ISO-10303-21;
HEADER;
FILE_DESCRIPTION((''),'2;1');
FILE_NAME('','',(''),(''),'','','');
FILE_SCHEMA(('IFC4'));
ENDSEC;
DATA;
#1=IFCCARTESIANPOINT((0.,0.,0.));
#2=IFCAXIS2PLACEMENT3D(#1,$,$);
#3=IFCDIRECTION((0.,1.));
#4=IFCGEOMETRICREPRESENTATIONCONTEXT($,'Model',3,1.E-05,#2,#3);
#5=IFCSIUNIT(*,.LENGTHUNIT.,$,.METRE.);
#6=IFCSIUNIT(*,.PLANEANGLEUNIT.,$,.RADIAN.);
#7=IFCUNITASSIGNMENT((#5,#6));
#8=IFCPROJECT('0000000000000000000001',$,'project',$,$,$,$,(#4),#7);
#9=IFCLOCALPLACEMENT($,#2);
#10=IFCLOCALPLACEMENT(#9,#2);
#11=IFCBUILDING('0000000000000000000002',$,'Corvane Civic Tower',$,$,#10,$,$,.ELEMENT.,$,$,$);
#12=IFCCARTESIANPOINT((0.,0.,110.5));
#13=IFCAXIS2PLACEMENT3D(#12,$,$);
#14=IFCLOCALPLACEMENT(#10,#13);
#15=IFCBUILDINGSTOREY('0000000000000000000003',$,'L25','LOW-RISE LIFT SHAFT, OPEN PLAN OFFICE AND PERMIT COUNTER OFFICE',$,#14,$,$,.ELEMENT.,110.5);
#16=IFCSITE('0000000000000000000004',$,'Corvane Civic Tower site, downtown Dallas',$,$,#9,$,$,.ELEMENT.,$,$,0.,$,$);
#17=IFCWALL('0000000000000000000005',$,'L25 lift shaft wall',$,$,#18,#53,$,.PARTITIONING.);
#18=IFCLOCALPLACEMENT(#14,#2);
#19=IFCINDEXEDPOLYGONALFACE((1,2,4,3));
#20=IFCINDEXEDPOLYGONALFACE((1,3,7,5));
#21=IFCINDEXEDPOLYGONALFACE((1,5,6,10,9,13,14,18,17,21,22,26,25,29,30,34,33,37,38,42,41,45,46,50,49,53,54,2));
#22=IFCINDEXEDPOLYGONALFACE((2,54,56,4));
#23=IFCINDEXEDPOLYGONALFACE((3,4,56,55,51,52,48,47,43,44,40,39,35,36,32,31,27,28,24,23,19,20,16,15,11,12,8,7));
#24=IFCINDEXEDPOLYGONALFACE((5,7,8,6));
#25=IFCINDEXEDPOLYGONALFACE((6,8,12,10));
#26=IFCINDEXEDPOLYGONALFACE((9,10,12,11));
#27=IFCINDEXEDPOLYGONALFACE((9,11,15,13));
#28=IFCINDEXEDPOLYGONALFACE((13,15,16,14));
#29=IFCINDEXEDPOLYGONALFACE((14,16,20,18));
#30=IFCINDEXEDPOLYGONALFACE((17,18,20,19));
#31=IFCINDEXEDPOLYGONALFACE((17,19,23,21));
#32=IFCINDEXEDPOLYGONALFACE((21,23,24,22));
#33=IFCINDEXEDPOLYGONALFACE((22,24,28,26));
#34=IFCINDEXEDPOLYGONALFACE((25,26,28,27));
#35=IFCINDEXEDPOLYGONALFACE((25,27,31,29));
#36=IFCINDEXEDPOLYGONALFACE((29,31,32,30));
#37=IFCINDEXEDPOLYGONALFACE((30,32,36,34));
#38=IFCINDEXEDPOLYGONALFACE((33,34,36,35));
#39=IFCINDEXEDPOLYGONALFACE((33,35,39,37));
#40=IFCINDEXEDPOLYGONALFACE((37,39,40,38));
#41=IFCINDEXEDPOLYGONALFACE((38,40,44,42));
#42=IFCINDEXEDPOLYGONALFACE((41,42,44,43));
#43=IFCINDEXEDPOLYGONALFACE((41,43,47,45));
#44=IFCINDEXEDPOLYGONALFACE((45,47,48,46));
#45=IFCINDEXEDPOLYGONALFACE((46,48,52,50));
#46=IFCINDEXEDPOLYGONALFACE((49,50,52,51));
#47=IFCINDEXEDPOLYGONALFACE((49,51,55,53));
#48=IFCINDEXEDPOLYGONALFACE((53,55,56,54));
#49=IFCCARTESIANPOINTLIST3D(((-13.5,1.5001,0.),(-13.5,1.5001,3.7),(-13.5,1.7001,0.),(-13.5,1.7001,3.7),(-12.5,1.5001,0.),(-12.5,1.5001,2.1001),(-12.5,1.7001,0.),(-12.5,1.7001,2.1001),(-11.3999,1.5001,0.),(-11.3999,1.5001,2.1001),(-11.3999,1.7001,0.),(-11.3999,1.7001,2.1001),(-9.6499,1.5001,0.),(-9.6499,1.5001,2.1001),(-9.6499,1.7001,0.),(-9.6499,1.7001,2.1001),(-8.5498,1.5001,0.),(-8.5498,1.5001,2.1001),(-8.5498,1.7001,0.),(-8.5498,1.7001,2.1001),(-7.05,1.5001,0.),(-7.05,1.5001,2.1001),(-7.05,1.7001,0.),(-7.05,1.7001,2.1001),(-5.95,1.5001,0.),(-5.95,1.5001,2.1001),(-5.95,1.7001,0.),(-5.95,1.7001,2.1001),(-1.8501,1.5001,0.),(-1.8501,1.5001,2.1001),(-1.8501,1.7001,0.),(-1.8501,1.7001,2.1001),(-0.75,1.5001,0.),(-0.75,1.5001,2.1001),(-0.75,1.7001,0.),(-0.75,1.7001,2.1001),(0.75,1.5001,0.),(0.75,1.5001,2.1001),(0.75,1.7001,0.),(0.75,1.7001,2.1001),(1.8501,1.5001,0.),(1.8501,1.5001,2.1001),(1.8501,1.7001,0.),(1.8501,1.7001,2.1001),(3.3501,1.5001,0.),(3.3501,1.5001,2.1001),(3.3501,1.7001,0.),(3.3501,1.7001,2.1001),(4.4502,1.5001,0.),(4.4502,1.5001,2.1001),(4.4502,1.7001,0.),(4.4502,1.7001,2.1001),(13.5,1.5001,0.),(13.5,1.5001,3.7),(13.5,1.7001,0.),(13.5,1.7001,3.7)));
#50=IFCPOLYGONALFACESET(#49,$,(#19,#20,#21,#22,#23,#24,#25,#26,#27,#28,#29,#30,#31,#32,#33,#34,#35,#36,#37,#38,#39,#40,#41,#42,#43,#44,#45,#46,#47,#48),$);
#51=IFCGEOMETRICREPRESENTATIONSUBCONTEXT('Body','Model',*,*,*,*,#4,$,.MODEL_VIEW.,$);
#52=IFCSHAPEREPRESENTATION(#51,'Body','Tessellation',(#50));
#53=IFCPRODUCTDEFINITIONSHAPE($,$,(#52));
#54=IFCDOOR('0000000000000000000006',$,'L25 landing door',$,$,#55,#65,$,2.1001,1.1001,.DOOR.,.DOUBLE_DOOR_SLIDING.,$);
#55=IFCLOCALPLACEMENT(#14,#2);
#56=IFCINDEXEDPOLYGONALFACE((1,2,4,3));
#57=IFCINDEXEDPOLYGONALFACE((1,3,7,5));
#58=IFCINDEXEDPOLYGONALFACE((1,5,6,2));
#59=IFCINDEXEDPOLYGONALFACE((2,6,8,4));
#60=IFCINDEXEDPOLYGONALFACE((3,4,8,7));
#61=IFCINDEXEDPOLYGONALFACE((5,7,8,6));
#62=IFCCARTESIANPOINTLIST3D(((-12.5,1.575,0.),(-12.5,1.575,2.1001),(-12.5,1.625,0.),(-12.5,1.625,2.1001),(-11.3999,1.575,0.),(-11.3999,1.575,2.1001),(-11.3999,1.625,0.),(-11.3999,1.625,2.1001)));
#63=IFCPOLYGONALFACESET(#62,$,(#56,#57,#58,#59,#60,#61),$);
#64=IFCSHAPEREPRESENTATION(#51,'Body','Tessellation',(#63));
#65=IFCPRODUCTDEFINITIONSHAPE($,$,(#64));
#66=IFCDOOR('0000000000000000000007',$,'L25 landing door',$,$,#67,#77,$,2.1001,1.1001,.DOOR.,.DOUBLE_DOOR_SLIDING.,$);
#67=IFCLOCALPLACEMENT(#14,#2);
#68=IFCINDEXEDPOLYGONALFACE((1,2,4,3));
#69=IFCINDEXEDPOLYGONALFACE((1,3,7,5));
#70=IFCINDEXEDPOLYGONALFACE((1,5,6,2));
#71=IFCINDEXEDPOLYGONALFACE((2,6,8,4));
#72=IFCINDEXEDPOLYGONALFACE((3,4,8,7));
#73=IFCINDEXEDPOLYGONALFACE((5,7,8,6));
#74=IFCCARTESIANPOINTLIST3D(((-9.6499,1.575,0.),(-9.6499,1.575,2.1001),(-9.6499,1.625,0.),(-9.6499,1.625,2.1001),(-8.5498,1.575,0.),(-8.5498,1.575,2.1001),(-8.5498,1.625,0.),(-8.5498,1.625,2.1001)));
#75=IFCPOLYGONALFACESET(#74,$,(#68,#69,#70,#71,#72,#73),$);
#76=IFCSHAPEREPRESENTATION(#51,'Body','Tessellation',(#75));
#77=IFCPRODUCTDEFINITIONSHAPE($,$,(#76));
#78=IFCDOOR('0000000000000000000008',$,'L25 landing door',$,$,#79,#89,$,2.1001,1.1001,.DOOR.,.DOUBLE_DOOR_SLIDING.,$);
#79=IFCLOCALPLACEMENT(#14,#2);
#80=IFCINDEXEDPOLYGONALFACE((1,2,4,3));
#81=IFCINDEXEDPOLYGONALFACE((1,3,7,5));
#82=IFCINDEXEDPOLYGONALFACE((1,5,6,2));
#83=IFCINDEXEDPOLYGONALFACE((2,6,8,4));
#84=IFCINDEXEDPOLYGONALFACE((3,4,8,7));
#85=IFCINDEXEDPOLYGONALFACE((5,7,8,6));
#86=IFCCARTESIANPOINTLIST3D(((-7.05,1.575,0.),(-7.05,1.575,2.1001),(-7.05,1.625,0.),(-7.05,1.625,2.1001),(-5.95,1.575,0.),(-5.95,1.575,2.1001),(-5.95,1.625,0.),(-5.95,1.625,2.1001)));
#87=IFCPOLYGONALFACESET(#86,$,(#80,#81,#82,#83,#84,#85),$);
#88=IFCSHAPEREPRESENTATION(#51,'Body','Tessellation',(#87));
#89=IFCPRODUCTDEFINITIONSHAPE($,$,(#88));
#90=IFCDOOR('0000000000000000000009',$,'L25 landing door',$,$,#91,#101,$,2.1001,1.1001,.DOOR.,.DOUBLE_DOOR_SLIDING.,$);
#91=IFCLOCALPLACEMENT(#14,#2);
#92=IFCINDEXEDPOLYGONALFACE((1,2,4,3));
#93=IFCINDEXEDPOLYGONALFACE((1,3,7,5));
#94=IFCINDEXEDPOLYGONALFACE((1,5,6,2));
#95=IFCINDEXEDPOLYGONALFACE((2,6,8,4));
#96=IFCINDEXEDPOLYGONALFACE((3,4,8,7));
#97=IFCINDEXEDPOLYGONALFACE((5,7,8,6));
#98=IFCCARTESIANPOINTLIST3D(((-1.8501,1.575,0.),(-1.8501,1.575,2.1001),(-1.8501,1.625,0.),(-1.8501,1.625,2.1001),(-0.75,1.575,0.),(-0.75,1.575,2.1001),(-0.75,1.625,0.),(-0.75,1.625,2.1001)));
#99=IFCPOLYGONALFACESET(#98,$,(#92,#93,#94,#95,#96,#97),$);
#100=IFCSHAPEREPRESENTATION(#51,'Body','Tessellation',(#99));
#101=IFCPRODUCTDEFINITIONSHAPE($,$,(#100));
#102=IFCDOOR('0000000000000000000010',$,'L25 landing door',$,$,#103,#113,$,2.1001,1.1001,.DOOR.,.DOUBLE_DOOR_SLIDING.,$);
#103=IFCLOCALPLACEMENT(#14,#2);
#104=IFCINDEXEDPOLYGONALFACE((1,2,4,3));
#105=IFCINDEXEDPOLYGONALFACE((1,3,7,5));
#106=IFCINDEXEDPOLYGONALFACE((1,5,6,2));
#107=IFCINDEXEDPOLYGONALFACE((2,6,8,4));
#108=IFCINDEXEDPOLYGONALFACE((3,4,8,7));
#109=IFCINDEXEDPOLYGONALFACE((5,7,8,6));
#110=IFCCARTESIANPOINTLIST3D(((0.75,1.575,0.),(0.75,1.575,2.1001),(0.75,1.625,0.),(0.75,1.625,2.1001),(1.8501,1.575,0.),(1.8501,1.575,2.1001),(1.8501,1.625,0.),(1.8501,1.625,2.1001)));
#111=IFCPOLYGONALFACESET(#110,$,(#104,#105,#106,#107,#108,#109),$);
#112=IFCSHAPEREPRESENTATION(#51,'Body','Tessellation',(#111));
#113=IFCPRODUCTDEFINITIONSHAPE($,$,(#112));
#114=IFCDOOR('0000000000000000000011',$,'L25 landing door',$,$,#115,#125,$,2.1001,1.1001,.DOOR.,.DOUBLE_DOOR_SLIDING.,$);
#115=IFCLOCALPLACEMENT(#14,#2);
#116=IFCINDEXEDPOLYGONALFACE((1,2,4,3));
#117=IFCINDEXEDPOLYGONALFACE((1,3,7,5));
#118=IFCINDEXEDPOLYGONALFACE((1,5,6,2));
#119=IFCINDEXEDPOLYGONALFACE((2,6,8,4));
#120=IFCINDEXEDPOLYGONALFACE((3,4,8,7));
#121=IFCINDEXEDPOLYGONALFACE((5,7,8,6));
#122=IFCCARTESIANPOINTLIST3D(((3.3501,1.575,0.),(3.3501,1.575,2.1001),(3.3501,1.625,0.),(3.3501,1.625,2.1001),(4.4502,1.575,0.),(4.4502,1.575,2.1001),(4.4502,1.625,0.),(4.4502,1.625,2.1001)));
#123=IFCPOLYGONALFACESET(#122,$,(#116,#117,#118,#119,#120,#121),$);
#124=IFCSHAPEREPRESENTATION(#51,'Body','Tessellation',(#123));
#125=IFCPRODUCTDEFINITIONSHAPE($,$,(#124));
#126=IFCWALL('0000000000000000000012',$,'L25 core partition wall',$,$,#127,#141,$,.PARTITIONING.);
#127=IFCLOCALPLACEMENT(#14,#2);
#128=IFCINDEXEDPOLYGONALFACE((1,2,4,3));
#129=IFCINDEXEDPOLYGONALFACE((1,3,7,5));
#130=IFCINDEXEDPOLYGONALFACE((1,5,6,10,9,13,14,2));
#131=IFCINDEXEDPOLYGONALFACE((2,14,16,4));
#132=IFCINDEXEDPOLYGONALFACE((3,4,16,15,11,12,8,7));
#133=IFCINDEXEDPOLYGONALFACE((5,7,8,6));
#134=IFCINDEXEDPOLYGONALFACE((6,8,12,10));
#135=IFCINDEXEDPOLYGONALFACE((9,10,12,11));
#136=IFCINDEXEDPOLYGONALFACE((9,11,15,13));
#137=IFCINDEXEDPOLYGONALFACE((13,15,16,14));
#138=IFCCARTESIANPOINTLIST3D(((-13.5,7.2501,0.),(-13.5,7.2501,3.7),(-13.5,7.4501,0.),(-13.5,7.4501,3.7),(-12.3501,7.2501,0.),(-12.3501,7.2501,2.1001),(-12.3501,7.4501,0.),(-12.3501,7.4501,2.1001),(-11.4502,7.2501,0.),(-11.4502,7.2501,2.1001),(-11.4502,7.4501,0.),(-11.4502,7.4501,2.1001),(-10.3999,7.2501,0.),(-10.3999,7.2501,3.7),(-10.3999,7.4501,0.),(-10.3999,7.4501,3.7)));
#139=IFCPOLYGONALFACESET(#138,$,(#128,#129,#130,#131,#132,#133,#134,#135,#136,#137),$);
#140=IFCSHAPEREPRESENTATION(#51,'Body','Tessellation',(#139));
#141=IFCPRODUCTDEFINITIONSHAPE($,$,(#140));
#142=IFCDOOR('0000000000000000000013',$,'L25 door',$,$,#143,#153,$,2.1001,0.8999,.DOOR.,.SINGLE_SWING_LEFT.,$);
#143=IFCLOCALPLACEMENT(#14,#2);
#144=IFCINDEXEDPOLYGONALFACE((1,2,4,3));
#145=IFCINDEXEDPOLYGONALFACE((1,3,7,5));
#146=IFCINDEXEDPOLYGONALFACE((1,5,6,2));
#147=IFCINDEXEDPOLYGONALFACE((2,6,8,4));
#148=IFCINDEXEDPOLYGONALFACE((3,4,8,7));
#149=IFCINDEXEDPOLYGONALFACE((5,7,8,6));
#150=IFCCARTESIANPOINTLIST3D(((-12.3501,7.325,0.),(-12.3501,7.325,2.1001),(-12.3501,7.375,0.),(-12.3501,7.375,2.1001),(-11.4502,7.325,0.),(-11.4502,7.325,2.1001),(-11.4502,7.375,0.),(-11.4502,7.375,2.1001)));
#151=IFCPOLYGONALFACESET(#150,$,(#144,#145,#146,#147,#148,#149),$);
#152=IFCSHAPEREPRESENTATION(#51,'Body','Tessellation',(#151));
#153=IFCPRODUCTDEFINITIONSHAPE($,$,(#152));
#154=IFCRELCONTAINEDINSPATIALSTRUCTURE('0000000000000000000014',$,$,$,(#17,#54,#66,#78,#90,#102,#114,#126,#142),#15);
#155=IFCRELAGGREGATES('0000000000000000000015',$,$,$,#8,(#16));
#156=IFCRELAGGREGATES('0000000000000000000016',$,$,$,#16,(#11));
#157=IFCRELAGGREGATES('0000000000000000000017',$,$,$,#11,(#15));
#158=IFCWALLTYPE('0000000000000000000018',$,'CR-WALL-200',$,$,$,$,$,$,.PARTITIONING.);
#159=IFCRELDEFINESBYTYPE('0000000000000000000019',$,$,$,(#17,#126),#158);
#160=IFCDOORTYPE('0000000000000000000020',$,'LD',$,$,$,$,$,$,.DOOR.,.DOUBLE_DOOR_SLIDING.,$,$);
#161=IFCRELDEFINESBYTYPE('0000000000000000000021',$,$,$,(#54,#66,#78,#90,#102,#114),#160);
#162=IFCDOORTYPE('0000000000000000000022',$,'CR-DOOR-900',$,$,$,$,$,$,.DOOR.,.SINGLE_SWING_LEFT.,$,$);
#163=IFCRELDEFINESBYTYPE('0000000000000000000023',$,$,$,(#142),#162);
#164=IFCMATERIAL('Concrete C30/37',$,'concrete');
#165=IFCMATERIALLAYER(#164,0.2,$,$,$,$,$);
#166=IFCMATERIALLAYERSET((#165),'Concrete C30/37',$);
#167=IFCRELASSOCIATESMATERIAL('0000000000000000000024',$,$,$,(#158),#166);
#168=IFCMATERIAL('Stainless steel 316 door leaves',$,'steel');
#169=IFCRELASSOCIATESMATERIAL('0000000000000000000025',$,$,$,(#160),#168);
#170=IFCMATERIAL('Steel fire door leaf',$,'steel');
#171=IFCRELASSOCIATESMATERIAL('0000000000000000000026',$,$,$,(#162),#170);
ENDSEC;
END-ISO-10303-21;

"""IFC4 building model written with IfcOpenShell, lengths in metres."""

from ifc_helpers import new_model, si_unit, direction, frame, frame_2d, origin, place, context, subcontext, project, spatial, rectangle, extrude, material, layer, layer_set, type_object, element, fill, save


model = new_model("IFC4")

# Units and contexts
model_context = context("Model", 3, precision=1e-05, world=origin(), true_north=direction((0.0, 1.0)))
body_context = subcontext(model_context, "Body", "Model", "MODEL_VIEW")
ifc_project = project(units=[si_unit("LENGTHUNIT", "METRE"), si_unit("PLANEANGLEUNIT", "RADIAN")], contexts=[model_context])

# Site, building, storey
site_placement = place(None, origin())
site = spatial("IfcSite", under=ifc_project, at=site_placement, Name="Corvane Civic Tower site, downtown Dallas", CompositionType="ELEMENT", RefElevation=0.0)
building_placement = place(site_placement, origin())
building = spatial("IfcBuilding", under=site, at=building_placement, Name="Corvane Civic Tower", CompositionType="ELEMENT")
storey_placement = place(building_placement, frame((0.0, 0.0, 110.5)))
storey = spatial("IfcBuildingStorey", under=building, at=storey_placement, Name="L25", Description="LOW-RISE LIFT SHAFT, OPEN PLAN OFFICE AND PERMIT COUNTER OFFICE", CompositionType="ELEMENT", Elevation=110.5)

# Wall, openings, doors
ifc_material_1 = material(Name="Concrete C30/37", Category="concrete")
ifc_layer_1 = layer(ifc_material_1, 0.2)
ifc_layer_set_1 = layer_set([ifc_layer_1], Name="Concrete C30/37")
wall_type_1 = type_object("IfcWallType", Name="CR-WALL-200", PredefinedType="PARTITIONING", material=ifc_layer_set_1)
wall_1_placement = place(storey_placement, frame((-13.5, 1.6001, 0.0), z_axis=(0.0, 0.0, 1.0), x_axis=(1.0, 0.0, 0.0)))
wall_1 = element("IfcWall", 1, at=wall_1_placement, inside=storey, type_object=wall_type_1, Name="L25 lift shaft wall", PredefinedType="PARTITIONING", context=body_context, shape_type="SweptSolid", body=[
    extrude(rectangle(XDim=27.0, YDim=0.2, at=frame_2d((13.5, 0.0))), origin(), (0.0, 0.0, 1.0), 3.7),
])
opening_1_placement = place(wall_1_placement, frame((1.0, 0.0, 0.0)))
opening_1 = element("IfcOpeningElement", 2, at=opening_1_placement, cuts=wall_1, PredefinedType="OPENING", context=body_context, shape_type="SweptSolid", body=[
    extrude(rectangle(XDim=1.1001, YDim=2.1001, at=frame_2d((0.55, 1.05))), frame((0.0, 0.1099, 0.0), z_axis=(0.0, -1.0, 0.0), x_axis=(1.0, 0.0, 0.0)), (0.0, 0.0, 1.0), 0.22),
])
opening_2_placement = place(wall_1_placement, frame((3.8501, 0.0, 0.0)))
opening_2 = element("IfcOpeningElement", 3, at=opening_2_placement, cuts=wall_1, PredefinedType="OPENING", context=body_context, shape_type="SweptSolid", body=[
    extrude(rectangle(XDim=1.1001, YDim=2.1001, at=frame_2d((0.55, 1.05))), frame((0.0, 0.1099, 0.0), z_axis=(0.0, -1.0, 0.0), x_axis=(1.0, 0.0, 0.0)), (0.0, 0.0, 1.0), 0.22),
])
opening_3_placement = place(wall_1_placement, frame((6.45, 0.0, 0.0)))
opening_3 = element("IfcOpeningElement", 4, at=opening_3_placement, cuts=wall_1, PredefinedType="OPENING", context=body_context, shape_type="SweptSolid", body=[
    extrude(rectangle(XDim=1.1001, YDim=2.1001, at=frame_2d((0.55, 1.05))), frame((0.0, 0.1099, 0.0), z_axis=(0.0, -1.0, 0.0), x_axis=(1.0, 0.0, 0.0)), (0.0, 0.0, 1.0), 0.22),
])
opening_4_placement = place(wall_1_placement, frame((11.6499, 0.0, 0.0)))
opening_4 = element("IfcOpeningElement", 5, at=opening_4_placement, cuts=wall_1, PredefinedType="OPENING", context=body_context, shape_type="SweptSolid", body=[
    extrude(rectangle(XDim=1.1001, YDim=2.1001, at=frame_2d((0.55, 1.05))), frame((0.0, 0.1099, 0.0), z_axis=(0.0, -1.0, 0.0), x_axis=(1.0, 0.0, 0.0)), (0.0, 0.0, 1.0), 0.22),
])
opening_5_placement = place(wall_1_placement, frame((14.25, 0.0, 0.0)))
opening_5 = element("IfcOpeningElement", 6, at=opening_5_placement, cuts=wall_1, PredefinedType="OPENING", context=body_context, shape_type="SweptSolid", body=[
    extrude(rectangle(XDim=1.1001, YDim=2.1001, at=frame_2d((0.55, 1.05))), frame((0.0, 0.1099, 0.0), z_axis=(0.0, -1.0, 0.0), x_axis=(1.0, 0.0, 0.0)), (0.0, 0.0, 1.0), 0.22),
])
opening_6_placement = place(wall_1_placement, frame((16.8501, 0.0, 0.0)))
opening_6 = element("IfcOpeningElement", 7, at=opening_6_placement, cuts=wall_1, PredefinedType="OPENING", context=body_context, shape_type="SweptSolid", body=[
    extrude(rectangle(XDim=1.1001, YDim=2.1001, at=frame_2d((0.55, 1.05))), frame((0.0, 0.1099, 0.0), z_axis=(0.0, -1.0, 0.0), x_axis=(1.0, 0.0, 0.0)), (0.0, 0.0, 1.0), 0.22),
])
ifc_material_2 = material(Name="Stainless steel 316 door leaves", Category="steel")
door_type_1 = type_object("IfcDoorType", Name="LD", OperationType="DOUBLE_DOOR_SLIDING", PredefinedType="DOOR", material=ifc_material_2)
door_1_placement = place(opening_1_placement, origin())
door_1 = element("IfcDoor", 8, at=door_1_placement, inside=storey, type_object=door_type_1, Name="L25 landing door", OperationType="DOUBLE_DOOR_SLIDING", OverallHeight=2.1001, OverallWidth=1.1001, PredefinedType="DOOR", context=body_context, shape_type="SweptSolid", body=[
    extrude(rectangle(XDim=1.1001, YDim=2.1001, at=frame_2d((0.55, 1.05))), frame((0.0, 0.0249, 0.0), z_axis=(0.0, -1.0, 0.0), x_axis=(1.0, 0.0, 0.0)), (0.0, 0.0, 1.0), 0.05),
])
fill(opening_1, door_1)
door_2_placement = place(opening_2_placement, origin())
door_2 = element("IfcDoor", 9, at=door_2_placement, inside=storey, type_object=door_type_1, Name="L25 landing door", OperationType="DOUBLE_DOOR_SLIDING", OverallHeight=2.1001, OverallWidth=1.1001, PredefinedType="DOOR", context=body_context, shape_type="SweptSolid", body=[
    extrude(rectangle(XDim=1.1001, YDim=2.1001, at=frame_2d((0.55, 1.05))), frame((0.0, 0.0249, 0.0), z_axis=(0.0, -1.0, 0.0), x_axis=(1.0, 0.0, 0.0)), (0.0, 0.0, 1.0), 0.05),
])
fill(opening_2, door_2)
door_3_placement = place(opening_3_placement, origin())
door_3 = element("IfcDoor", 10, at=door_3_placement, inside=storey, type_object=door_type_1, Name="L25 landing door", OperationType="DOUBLE_DOOR_SLIDING", OverallHeight=2.1001, OverallWidth=1.1001, PredefinedType="DOOR", context=body_context, shape_type="SweptSolid", body=[
    extrude(rectangle(XDim=1.1001, YDim=2.1001, at=frame_2d((0.55, 1.05))), frame((0.0, 0.0249, 0.0), z_axis=(0.0, -1.0, 0.0), x_axis=(1.0, 0.0, 0.0)), (0.0, 0.0, 1.0), 0.05),
])
fill(opening_3, door_3)
door_4_placement = place(opening_4_placement, origin())
door_4 = element("IfcDoor", 11, at=door_4_placement, inside=storey, type_object=door_type_1, Name="L25 landing door", OperationType="DOUBLE_DOOR_SLIDING", OverallHeight=2.1001, OverallWidth=1.1001, PredefinedType="DOOR", context=body_context, shape_type="SweptSolid", body=[
    extrude(rectangle(XDim=1.1001, YDim=2.1001, at=frame_2d((0.55, 1.05))), frame((0.0, 0.0249, 0.0), z_axis=(0.0, -1.0, 0.0), x_axis=(1.0, 0.0, 0.0)), (0.0, 0.0, 1.0), 0.05),
])
fill(opening_4, door_4)
door_5_placement = place(opening_5_placement, origin())
door_5 = element("IfcDoor", 12, at=door_5_placement, inside=storey, type_object=door_type_1, Name="L25 landing door", OperationType="DOUBLE_DOOR_SLIDING", OverallHeight=2.1001, OverallWidth=1.1001, PredefinedType="DOOR", context=body_context, shape_type="SweptSolid", body=[
    extrude(rectangle(XDim=1.1001, YDim=2.1001, at=frame_2d((0.55, 1.05))), frame((0.0, 0.0249, 0.0), z_axis=(0.0, -1.0, 0.0), x_axis=(1.0, 0.0, 0.0)), (0.0, 0.0, 1.0), 0.05),
])
fill(opening_5, door_5)
door_6_placement = place(opening_6_placement, origin())
door_6 = element("IfcDoor", 13, at=door_6_placement, inside=storey, type_object=door_type_1, Name="L25 landing door", OperationType="DOUBLE_DOOR_SLIDING", OverallHeight=2.1001, OverallWidth=1.1001, PredefinedType="DOOR", context=body_context, shape_type="SweptSolid", body=[
    extrude(rectangle(XDim=1.1001, YDim=2.1001, at=frame_2d((0.55, 1.05))), frame((0.0, 0.0249, 0.0), z_axis=(0.0, -1.0, 0.0), x_axis=(1.0, 0.0, 0.0)), (0.0, 0.0, 1.0), 0.05),
])
fill(opening_6, door_6)

# Wall, opening, door
wall_2_placement = place(storey_placement, frame((-13.5, 7.3501, 0.0), z_axis=(0.0, 0.0, 1.0), x_axis=(1.0, 0.0, 0.0)))
wall_2 = element("IfcWall", 14, at=wall_2_placement, inside=storey, type_object=wall_type_1, Name="L25 core partition wall", PredefinedType="PARTITIONING", context=body_context, shape_type="SweptSolid", body=[
    extrude(rectangle(XDim=3.1001, YDim=0.2, at=frame_2d((1.55, 0.0))), origin(), (0.0, 0.0, 1.0), 3.7),
])
opening_7_placement = place(wall_2_placement, frame((1.1499, 0.0, 0.0)))
opening_7 = element("IfcOpeningElement", 15, at=opening_7_placement, cuts=wall_2, PredefinedType="OPENING", context=body_context, shape_type="SweptSolid", body=[
    extrude(rectangle(XDim=0.8999, YDim=2.1001, at=frame_2d((0.45, 1.05))), frame((0.0, 0.1099, 0.0), z_axis=(0.0, -1.0, 0.0), x_axis=(1.0, 0.0, 0.0)), (0.0, 0.0, 1.0), 0.22),
])
ifc_material_3 = material(Name="Steel fire door leaf", Category="steel")
door_type_2 = type_object("IfcDoorType", Name="CR-DOOR-900", OperationType="SINGLE_SWING_LEFT", PredefinedType="DOOR", material=ifc_material_3)
door_7_placement = place(opening_7_placement, origin())
door_7 = element("IfcDoor", 16, at=door_7_placement, inside=storey, type_object=door_type_2, Name="L25 door", OperationType="SINGLE_SWING_LEFT", OverallHeight=2.1001, OverallWidth=0.8999, PredefinedType="DOOR", context=body_context, shape_type="SweptSolid", body=[
    extrude(rectangle(XDim=0.8999, YDim=2.1001, at=frame_2d((0.45, 1.05))), frame((0.0, 0.0249, 0.0), z_axis=(0.0, -1.0, 0.0), x_axis=(1.0, 0.0, 0.0)), (0.0, 0.0, 1.0), 0.05),
])
fill(opening_7, door_7)

save(model, "model.ifc")
